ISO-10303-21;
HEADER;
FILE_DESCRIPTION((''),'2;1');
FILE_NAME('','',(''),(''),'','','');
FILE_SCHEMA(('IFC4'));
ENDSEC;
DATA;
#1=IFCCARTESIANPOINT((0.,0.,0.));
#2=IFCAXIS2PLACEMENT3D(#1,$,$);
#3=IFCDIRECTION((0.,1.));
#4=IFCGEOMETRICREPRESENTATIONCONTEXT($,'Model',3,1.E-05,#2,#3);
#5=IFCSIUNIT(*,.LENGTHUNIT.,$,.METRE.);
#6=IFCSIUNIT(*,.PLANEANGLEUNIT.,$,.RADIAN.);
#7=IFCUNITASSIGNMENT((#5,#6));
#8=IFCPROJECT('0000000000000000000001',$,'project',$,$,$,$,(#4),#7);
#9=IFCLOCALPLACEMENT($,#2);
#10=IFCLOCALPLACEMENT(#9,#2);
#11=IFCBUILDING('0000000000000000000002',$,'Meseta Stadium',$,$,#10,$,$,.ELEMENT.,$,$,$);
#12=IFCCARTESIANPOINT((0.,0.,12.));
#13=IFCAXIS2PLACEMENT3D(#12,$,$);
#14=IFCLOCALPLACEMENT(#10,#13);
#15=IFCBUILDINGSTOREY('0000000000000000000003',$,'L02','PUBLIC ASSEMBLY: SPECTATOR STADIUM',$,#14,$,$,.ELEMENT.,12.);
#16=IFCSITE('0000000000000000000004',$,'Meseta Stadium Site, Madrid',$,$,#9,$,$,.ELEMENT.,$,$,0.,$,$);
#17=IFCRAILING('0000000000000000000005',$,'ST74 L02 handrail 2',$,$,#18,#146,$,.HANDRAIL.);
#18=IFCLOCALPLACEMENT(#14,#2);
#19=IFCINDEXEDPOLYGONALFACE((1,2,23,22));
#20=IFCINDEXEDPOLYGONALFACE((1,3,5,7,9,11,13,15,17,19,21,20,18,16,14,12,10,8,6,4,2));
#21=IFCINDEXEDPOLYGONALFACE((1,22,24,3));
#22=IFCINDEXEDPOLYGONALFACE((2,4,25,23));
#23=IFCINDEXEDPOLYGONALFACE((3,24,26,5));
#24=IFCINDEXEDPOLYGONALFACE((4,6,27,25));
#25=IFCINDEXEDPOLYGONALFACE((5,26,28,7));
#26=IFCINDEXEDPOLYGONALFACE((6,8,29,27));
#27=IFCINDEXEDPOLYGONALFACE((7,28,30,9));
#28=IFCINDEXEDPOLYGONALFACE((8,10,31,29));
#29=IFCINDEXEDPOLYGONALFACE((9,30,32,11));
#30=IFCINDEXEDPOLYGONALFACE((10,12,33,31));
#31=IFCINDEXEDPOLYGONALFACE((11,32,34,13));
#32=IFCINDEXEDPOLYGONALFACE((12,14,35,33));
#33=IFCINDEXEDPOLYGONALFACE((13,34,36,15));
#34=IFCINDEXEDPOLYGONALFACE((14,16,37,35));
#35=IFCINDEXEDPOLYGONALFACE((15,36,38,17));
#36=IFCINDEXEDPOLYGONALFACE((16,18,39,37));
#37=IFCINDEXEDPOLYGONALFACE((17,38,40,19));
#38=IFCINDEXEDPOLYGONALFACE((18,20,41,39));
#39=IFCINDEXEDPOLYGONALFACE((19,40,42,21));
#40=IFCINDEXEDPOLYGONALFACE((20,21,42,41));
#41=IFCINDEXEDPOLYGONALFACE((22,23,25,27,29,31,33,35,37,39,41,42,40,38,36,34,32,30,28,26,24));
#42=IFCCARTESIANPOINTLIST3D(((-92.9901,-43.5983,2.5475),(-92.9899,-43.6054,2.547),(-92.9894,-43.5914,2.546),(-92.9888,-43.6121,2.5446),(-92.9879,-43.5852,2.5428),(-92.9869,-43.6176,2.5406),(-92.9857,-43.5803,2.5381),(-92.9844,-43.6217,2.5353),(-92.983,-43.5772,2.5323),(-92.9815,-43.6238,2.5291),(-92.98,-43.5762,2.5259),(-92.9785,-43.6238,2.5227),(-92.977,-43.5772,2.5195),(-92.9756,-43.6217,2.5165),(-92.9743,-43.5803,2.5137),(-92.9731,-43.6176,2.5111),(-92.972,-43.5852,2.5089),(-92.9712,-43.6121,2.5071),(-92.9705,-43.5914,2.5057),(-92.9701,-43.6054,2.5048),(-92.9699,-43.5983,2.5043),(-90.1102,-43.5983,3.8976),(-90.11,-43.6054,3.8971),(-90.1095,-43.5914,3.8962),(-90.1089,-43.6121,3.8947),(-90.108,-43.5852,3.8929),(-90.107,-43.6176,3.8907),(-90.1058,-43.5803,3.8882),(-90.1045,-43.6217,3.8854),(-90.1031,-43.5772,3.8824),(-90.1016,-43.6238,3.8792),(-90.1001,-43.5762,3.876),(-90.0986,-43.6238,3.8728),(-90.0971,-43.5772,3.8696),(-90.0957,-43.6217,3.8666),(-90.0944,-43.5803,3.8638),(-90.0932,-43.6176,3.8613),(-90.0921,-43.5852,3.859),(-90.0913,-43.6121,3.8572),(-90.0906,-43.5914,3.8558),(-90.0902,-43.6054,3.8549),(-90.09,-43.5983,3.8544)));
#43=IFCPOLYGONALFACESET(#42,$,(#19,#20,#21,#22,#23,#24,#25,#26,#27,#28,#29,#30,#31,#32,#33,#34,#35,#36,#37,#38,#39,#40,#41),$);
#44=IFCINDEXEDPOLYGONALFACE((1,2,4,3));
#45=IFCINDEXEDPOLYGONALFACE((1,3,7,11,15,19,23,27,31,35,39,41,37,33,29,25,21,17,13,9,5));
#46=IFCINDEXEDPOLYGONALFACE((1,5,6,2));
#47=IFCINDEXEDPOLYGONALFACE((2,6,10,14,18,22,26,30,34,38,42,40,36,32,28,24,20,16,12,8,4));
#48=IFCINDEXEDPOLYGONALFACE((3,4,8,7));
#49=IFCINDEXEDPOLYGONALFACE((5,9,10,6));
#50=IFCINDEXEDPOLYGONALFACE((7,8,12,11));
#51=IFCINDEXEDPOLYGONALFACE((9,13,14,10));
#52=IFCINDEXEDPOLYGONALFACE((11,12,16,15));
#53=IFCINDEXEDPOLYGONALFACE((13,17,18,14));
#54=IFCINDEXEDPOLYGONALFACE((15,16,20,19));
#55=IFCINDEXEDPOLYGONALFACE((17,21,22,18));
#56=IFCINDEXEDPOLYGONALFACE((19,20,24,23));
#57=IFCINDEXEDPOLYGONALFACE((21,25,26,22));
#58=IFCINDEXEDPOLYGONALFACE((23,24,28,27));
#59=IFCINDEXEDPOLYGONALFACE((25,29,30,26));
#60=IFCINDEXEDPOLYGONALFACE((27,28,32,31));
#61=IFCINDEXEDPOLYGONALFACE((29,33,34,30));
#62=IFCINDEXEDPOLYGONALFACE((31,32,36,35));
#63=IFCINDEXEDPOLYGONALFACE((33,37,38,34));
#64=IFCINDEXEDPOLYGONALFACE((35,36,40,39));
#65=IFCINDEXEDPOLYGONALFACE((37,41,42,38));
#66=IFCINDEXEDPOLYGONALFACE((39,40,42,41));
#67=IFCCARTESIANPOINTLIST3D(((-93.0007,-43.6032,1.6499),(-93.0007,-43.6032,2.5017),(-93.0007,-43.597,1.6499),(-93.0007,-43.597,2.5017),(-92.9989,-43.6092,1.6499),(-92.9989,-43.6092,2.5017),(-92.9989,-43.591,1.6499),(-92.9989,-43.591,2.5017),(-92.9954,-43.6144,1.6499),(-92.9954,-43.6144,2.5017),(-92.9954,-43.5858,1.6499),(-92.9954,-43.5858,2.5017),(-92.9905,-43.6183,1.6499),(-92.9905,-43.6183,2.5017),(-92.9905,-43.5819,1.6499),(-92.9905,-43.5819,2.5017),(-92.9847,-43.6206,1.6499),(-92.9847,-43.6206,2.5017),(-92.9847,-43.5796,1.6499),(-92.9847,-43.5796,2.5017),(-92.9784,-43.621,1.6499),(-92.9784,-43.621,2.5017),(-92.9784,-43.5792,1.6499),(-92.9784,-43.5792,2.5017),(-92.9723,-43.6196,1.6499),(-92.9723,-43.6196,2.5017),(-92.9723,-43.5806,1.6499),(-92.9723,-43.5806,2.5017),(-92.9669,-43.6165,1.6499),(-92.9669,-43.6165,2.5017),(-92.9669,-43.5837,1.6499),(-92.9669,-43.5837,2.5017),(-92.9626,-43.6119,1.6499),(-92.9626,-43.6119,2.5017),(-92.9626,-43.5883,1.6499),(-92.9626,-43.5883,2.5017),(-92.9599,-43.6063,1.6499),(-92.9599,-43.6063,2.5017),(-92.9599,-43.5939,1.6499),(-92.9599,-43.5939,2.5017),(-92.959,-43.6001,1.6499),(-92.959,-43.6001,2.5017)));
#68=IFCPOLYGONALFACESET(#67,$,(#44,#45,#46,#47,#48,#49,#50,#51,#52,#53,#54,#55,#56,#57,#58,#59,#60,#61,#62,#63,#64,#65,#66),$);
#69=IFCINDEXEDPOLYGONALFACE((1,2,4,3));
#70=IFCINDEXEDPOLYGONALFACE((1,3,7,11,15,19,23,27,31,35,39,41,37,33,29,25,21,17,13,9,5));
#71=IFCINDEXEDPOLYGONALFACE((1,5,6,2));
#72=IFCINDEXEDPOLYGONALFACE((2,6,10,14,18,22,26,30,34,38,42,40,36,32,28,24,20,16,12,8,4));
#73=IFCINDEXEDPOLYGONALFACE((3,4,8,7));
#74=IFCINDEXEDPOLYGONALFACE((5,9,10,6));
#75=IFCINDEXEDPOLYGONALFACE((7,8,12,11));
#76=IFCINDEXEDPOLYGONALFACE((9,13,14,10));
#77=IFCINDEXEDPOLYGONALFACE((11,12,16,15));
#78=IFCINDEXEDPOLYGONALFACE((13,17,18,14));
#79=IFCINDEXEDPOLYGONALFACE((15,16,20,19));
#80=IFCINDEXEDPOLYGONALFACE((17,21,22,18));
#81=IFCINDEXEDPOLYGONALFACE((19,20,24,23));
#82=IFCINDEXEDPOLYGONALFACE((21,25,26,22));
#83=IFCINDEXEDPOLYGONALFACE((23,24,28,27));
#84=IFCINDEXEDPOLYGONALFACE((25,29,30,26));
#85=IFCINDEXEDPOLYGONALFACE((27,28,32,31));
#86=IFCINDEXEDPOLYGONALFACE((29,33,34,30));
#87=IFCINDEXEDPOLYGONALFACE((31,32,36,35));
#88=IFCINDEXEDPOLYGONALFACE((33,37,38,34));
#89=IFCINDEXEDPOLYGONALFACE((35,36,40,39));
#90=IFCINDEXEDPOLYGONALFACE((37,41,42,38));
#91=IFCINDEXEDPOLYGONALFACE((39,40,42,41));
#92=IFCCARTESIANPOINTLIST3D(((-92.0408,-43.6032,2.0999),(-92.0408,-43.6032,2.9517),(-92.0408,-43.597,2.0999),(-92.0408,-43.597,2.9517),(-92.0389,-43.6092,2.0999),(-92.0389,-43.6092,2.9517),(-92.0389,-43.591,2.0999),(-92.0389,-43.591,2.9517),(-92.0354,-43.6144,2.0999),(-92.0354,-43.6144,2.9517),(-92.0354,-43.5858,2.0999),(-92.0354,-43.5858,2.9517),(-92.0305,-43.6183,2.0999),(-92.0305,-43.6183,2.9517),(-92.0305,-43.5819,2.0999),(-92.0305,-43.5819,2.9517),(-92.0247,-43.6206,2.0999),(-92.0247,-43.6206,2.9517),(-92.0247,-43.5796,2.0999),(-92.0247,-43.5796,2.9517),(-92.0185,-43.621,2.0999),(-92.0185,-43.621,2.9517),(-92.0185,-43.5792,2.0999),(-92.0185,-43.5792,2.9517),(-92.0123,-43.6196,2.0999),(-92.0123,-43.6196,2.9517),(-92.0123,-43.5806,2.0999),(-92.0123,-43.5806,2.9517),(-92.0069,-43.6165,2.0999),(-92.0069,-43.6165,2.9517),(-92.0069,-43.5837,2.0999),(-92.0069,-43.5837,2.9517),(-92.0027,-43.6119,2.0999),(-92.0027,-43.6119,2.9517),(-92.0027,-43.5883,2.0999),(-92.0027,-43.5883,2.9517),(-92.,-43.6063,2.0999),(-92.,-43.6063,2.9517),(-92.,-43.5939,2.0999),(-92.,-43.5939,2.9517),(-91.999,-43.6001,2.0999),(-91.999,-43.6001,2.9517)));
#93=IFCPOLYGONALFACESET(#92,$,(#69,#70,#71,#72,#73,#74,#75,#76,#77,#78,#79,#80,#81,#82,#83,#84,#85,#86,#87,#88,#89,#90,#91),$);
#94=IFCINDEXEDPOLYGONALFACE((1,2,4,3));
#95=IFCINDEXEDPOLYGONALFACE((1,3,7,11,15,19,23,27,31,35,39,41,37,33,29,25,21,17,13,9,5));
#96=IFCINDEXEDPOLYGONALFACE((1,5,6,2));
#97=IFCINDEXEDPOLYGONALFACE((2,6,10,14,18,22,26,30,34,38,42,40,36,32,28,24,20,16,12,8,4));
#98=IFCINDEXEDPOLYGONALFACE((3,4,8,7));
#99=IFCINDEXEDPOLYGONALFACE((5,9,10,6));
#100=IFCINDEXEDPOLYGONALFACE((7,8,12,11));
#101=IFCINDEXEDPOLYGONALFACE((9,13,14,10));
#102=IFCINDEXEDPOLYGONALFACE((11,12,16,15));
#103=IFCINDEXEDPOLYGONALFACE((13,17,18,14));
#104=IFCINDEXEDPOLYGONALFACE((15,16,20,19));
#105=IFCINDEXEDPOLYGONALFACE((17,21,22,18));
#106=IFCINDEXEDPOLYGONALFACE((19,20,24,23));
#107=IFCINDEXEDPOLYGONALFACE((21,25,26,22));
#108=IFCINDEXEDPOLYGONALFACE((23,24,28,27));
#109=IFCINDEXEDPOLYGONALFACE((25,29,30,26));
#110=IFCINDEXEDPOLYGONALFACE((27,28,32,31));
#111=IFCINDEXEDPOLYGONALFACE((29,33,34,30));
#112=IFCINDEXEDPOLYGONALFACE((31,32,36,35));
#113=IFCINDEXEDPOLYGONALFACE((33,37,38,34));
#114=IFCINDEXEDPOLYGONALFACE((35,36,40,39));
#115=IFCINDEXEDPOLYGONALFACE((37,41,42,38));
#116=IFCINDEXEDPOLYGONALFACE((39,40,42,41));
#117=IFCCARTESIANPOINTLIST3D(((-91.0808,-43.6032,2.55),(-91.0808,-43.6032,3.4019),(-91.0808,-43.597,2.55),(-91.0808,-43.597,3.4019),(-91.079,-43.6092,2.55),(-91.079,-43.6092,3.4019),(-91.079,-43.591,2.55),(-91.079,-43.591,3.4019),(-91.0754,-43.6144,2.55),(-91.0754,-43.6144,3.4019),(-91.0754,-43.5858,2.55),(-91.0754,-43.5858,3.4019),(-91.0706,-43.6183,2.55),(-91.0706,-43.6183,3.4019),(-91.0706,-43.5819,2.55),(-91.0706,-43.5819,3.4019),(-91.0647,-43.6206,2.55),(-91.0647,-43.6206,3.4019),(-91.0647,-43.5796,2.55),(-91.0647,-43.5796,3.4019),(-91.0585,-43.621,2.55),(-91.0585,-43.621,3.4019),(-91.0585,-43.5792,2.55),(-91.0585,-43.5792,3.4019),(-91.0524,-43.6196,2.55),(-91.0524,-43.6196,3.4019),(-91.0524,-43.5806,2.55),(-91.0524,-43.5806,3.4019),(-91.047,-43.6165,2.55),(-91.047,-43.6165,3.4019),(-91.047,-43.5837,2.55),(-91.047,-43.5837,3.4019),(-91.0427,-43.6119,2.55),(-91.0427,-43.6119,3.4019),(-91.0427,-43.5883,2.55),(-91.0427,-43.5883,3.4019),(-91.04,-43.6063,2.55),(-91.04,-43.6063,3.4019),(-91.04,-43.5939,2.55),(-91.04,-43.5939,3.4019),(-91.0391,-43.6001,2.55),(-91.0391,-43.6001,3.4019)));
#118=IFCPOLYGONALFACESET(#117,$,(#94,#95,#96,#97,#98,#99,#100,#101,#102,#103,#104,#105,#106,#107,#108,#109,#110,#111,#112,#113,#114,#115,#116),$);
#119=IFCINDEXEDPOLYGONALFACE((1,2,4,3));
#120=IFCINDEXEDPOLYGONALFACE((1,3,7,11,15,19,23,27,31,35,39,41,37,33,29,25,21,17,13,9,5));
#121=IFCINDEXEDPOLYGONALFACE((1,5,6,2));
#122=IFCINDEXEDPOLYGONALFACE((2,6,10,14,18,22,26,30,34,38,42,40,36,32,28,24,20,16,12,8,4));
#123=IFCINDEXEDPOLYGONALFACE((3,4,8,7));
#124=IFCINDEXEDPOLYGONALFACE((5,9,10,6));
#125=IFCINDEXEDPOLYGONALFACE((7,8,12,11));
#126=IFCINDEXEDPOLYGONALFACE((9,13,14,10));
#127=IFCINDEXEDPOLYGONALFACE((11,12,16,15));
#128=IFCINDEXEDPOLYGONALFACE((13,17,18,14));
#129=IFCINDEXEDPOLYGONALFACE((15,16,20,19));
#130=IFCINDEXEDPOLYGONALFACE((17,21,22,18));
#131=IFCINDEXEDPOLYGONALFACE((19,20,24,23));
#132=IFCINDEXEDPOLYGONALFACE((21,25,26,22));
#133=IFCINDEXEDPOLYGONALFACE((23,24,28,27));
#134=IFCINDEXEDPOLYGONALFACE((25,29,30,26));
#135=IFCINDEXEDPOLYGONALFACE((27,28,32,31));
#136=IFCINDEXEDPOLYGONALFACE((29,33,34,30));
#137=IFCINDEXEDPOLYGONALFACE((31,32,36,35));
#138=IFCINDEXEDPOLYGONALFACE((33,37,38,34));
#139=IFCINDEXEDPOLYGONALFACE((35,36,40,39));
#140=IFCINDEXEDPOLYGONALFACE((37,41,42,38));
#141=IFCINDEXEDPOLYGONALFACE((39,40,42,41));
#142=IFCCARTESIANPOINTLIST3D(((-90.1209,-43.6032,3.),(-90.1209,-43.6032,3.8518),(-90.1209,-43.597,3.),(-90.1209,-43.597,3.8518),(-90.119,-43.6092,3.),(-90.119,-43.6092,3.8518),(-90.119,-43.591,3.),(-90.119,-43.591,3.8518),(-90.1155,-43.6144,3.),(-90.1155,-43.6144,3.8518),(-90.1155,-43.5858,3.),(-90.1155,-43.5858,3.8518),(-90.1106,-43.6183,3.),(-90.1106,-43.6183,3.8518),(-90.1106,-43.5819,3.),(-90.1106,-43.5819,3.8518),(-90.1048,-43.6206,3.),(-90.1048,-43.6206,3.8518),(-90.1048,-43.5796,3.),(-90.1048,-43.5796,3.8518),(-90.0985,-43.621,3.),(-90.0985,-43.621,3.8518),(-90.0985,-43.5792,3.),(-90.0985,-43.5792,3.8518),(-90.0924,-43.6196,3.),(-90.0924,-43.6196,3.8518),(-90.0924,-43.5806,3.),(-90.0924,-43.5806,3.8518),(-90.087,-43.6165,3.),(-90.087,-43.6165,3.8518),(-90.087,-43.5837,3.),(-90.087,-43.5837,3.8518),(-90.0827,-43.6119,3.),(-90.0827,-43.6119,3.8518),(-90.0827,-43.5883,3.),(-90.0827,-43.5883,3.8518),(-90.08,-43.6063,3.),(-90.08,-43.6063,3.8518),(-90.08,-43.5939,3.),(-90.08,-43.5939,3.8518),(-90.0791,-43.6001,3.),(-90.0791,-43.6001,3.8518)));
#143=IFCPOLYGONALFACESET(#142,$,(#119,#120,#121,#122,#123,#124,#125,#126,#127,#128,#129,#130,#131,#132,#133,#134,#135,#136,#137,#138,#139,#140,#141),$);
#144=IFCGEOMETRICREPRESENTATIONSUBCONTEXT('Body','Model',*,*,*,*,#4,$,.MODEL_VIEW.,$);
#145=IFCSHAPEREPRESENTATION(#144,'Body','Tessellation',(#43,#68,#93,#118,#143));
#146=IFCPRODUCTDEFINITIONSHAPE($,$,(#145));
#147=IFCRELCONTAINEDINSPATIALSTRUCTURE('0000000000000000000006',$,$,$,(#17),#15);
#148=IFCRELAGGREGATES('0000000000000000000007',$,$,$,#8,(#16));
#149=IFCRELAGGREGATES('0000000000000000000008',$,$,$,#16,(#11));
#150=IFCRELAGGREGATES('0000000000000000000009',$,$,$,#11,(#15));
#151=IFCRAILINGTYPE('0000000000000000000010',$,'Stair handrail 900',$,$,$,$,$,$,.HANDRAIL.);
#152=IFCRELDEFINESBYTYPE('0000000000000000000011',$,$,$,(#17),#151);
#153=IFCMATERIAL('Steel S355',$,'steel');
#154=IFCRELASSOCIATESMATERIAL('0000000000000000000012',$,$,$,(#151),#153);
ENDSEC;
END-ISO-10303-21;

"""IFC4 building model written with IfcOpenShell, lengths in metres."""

from ifc_helpers import new_model, si_unit, direction, frame, origin, origin_2d, place, context, subcontext, project, spatial, circle, extrude, material, type_object, element, save


model = new_model("IFC4")

# Units and contexts
model_context = context("Model", 3, precision=1e-05, world=origin(), true_north=direction((0.0, 1.0)))
body_context = subcontext(model_context, "Body", "Model", "MODEL_VIEW")
ifc_project = project(units=[si_unit("LENGTHUNIT", "METRE"), si_unit("PLANEANGLEUNIT", "RADIAN")], contexts=[model_context])

# Site, building, storey
site_placement = place(None, origin())
site = spatial("IfcSite", under=ifc_project, at=site_placement, Name="Meseta Stadium Site, Madrid", CompositionType="ELEMENT", RefElevation=0.0)
building_placement = place(site_placement, origin())
building = spatial("IfcBuilding", under=site, at=building_placement, Name="Meseta Stadium", CompositionType="ELEMENT")
storey_placement = place(building_placement, frame((0.0, 0.0, 12.0)))
storey = spatial("IfcBuildingStorey", under=building, at=storey_placement, Name="L02", Description="PUBLIC ASSEMBLY: SPECTATOR STADIUM", CompositionType="ELEMENT", Elevation=12.0)

# Railing
ifc_material_1 = material(Name="Steel S355", Category="steel")
railing_type_1 = type_object("IfcRailingType", Name="Stair handrail 900", PredefinedType="HANDRAIL", material=ifc_material_1)
for number, where, name in (
    (1, (-92.98, -43.6001, 1.6499), "ST74 L02 handrail 2"),
):
    element("IfcRailing", number, at=place(storey_placement, frame(where)), inside=storey, type_object=railing_type_1, Name=name, PredefinedType="HANDRAIL", context=body_context, shape_type="SweptSolid", body=[
        extrude(circle(Radius=0.0239, at=origin_2d()), frame((0.0, 0.0, 0.876), z_axis=(0.90544, 0.0, 0.424473), x_axis=(0.0, 1.0, 0.0)), (0.0, 0.0, 1.0), 3.1807),
        extrude(circle(Radius=0.021, at=origin_2d()), origin(), (0.0, 0.0, 1.0), 0.8518),
        extrude(circle(Radius=0.021, at=origin_2d()), frame((0.96, 0.0, 0.45)), (0.0, 0.0, 1.0), 0.8518),
        extrude(circle(Radius=0.021, at=origin_2d()), frame((1.9199, 0.0, 0.9001)), (0.0, 0.0, 1.0), 0.8518),
        extrude(circle(Radius=0.021, at=origin_2d()), frame((2.8799, 0.0, 1.3501)), (0.0, 0.0, 1.0), 0.8518),
    ])

save(model, "model.ifc")
